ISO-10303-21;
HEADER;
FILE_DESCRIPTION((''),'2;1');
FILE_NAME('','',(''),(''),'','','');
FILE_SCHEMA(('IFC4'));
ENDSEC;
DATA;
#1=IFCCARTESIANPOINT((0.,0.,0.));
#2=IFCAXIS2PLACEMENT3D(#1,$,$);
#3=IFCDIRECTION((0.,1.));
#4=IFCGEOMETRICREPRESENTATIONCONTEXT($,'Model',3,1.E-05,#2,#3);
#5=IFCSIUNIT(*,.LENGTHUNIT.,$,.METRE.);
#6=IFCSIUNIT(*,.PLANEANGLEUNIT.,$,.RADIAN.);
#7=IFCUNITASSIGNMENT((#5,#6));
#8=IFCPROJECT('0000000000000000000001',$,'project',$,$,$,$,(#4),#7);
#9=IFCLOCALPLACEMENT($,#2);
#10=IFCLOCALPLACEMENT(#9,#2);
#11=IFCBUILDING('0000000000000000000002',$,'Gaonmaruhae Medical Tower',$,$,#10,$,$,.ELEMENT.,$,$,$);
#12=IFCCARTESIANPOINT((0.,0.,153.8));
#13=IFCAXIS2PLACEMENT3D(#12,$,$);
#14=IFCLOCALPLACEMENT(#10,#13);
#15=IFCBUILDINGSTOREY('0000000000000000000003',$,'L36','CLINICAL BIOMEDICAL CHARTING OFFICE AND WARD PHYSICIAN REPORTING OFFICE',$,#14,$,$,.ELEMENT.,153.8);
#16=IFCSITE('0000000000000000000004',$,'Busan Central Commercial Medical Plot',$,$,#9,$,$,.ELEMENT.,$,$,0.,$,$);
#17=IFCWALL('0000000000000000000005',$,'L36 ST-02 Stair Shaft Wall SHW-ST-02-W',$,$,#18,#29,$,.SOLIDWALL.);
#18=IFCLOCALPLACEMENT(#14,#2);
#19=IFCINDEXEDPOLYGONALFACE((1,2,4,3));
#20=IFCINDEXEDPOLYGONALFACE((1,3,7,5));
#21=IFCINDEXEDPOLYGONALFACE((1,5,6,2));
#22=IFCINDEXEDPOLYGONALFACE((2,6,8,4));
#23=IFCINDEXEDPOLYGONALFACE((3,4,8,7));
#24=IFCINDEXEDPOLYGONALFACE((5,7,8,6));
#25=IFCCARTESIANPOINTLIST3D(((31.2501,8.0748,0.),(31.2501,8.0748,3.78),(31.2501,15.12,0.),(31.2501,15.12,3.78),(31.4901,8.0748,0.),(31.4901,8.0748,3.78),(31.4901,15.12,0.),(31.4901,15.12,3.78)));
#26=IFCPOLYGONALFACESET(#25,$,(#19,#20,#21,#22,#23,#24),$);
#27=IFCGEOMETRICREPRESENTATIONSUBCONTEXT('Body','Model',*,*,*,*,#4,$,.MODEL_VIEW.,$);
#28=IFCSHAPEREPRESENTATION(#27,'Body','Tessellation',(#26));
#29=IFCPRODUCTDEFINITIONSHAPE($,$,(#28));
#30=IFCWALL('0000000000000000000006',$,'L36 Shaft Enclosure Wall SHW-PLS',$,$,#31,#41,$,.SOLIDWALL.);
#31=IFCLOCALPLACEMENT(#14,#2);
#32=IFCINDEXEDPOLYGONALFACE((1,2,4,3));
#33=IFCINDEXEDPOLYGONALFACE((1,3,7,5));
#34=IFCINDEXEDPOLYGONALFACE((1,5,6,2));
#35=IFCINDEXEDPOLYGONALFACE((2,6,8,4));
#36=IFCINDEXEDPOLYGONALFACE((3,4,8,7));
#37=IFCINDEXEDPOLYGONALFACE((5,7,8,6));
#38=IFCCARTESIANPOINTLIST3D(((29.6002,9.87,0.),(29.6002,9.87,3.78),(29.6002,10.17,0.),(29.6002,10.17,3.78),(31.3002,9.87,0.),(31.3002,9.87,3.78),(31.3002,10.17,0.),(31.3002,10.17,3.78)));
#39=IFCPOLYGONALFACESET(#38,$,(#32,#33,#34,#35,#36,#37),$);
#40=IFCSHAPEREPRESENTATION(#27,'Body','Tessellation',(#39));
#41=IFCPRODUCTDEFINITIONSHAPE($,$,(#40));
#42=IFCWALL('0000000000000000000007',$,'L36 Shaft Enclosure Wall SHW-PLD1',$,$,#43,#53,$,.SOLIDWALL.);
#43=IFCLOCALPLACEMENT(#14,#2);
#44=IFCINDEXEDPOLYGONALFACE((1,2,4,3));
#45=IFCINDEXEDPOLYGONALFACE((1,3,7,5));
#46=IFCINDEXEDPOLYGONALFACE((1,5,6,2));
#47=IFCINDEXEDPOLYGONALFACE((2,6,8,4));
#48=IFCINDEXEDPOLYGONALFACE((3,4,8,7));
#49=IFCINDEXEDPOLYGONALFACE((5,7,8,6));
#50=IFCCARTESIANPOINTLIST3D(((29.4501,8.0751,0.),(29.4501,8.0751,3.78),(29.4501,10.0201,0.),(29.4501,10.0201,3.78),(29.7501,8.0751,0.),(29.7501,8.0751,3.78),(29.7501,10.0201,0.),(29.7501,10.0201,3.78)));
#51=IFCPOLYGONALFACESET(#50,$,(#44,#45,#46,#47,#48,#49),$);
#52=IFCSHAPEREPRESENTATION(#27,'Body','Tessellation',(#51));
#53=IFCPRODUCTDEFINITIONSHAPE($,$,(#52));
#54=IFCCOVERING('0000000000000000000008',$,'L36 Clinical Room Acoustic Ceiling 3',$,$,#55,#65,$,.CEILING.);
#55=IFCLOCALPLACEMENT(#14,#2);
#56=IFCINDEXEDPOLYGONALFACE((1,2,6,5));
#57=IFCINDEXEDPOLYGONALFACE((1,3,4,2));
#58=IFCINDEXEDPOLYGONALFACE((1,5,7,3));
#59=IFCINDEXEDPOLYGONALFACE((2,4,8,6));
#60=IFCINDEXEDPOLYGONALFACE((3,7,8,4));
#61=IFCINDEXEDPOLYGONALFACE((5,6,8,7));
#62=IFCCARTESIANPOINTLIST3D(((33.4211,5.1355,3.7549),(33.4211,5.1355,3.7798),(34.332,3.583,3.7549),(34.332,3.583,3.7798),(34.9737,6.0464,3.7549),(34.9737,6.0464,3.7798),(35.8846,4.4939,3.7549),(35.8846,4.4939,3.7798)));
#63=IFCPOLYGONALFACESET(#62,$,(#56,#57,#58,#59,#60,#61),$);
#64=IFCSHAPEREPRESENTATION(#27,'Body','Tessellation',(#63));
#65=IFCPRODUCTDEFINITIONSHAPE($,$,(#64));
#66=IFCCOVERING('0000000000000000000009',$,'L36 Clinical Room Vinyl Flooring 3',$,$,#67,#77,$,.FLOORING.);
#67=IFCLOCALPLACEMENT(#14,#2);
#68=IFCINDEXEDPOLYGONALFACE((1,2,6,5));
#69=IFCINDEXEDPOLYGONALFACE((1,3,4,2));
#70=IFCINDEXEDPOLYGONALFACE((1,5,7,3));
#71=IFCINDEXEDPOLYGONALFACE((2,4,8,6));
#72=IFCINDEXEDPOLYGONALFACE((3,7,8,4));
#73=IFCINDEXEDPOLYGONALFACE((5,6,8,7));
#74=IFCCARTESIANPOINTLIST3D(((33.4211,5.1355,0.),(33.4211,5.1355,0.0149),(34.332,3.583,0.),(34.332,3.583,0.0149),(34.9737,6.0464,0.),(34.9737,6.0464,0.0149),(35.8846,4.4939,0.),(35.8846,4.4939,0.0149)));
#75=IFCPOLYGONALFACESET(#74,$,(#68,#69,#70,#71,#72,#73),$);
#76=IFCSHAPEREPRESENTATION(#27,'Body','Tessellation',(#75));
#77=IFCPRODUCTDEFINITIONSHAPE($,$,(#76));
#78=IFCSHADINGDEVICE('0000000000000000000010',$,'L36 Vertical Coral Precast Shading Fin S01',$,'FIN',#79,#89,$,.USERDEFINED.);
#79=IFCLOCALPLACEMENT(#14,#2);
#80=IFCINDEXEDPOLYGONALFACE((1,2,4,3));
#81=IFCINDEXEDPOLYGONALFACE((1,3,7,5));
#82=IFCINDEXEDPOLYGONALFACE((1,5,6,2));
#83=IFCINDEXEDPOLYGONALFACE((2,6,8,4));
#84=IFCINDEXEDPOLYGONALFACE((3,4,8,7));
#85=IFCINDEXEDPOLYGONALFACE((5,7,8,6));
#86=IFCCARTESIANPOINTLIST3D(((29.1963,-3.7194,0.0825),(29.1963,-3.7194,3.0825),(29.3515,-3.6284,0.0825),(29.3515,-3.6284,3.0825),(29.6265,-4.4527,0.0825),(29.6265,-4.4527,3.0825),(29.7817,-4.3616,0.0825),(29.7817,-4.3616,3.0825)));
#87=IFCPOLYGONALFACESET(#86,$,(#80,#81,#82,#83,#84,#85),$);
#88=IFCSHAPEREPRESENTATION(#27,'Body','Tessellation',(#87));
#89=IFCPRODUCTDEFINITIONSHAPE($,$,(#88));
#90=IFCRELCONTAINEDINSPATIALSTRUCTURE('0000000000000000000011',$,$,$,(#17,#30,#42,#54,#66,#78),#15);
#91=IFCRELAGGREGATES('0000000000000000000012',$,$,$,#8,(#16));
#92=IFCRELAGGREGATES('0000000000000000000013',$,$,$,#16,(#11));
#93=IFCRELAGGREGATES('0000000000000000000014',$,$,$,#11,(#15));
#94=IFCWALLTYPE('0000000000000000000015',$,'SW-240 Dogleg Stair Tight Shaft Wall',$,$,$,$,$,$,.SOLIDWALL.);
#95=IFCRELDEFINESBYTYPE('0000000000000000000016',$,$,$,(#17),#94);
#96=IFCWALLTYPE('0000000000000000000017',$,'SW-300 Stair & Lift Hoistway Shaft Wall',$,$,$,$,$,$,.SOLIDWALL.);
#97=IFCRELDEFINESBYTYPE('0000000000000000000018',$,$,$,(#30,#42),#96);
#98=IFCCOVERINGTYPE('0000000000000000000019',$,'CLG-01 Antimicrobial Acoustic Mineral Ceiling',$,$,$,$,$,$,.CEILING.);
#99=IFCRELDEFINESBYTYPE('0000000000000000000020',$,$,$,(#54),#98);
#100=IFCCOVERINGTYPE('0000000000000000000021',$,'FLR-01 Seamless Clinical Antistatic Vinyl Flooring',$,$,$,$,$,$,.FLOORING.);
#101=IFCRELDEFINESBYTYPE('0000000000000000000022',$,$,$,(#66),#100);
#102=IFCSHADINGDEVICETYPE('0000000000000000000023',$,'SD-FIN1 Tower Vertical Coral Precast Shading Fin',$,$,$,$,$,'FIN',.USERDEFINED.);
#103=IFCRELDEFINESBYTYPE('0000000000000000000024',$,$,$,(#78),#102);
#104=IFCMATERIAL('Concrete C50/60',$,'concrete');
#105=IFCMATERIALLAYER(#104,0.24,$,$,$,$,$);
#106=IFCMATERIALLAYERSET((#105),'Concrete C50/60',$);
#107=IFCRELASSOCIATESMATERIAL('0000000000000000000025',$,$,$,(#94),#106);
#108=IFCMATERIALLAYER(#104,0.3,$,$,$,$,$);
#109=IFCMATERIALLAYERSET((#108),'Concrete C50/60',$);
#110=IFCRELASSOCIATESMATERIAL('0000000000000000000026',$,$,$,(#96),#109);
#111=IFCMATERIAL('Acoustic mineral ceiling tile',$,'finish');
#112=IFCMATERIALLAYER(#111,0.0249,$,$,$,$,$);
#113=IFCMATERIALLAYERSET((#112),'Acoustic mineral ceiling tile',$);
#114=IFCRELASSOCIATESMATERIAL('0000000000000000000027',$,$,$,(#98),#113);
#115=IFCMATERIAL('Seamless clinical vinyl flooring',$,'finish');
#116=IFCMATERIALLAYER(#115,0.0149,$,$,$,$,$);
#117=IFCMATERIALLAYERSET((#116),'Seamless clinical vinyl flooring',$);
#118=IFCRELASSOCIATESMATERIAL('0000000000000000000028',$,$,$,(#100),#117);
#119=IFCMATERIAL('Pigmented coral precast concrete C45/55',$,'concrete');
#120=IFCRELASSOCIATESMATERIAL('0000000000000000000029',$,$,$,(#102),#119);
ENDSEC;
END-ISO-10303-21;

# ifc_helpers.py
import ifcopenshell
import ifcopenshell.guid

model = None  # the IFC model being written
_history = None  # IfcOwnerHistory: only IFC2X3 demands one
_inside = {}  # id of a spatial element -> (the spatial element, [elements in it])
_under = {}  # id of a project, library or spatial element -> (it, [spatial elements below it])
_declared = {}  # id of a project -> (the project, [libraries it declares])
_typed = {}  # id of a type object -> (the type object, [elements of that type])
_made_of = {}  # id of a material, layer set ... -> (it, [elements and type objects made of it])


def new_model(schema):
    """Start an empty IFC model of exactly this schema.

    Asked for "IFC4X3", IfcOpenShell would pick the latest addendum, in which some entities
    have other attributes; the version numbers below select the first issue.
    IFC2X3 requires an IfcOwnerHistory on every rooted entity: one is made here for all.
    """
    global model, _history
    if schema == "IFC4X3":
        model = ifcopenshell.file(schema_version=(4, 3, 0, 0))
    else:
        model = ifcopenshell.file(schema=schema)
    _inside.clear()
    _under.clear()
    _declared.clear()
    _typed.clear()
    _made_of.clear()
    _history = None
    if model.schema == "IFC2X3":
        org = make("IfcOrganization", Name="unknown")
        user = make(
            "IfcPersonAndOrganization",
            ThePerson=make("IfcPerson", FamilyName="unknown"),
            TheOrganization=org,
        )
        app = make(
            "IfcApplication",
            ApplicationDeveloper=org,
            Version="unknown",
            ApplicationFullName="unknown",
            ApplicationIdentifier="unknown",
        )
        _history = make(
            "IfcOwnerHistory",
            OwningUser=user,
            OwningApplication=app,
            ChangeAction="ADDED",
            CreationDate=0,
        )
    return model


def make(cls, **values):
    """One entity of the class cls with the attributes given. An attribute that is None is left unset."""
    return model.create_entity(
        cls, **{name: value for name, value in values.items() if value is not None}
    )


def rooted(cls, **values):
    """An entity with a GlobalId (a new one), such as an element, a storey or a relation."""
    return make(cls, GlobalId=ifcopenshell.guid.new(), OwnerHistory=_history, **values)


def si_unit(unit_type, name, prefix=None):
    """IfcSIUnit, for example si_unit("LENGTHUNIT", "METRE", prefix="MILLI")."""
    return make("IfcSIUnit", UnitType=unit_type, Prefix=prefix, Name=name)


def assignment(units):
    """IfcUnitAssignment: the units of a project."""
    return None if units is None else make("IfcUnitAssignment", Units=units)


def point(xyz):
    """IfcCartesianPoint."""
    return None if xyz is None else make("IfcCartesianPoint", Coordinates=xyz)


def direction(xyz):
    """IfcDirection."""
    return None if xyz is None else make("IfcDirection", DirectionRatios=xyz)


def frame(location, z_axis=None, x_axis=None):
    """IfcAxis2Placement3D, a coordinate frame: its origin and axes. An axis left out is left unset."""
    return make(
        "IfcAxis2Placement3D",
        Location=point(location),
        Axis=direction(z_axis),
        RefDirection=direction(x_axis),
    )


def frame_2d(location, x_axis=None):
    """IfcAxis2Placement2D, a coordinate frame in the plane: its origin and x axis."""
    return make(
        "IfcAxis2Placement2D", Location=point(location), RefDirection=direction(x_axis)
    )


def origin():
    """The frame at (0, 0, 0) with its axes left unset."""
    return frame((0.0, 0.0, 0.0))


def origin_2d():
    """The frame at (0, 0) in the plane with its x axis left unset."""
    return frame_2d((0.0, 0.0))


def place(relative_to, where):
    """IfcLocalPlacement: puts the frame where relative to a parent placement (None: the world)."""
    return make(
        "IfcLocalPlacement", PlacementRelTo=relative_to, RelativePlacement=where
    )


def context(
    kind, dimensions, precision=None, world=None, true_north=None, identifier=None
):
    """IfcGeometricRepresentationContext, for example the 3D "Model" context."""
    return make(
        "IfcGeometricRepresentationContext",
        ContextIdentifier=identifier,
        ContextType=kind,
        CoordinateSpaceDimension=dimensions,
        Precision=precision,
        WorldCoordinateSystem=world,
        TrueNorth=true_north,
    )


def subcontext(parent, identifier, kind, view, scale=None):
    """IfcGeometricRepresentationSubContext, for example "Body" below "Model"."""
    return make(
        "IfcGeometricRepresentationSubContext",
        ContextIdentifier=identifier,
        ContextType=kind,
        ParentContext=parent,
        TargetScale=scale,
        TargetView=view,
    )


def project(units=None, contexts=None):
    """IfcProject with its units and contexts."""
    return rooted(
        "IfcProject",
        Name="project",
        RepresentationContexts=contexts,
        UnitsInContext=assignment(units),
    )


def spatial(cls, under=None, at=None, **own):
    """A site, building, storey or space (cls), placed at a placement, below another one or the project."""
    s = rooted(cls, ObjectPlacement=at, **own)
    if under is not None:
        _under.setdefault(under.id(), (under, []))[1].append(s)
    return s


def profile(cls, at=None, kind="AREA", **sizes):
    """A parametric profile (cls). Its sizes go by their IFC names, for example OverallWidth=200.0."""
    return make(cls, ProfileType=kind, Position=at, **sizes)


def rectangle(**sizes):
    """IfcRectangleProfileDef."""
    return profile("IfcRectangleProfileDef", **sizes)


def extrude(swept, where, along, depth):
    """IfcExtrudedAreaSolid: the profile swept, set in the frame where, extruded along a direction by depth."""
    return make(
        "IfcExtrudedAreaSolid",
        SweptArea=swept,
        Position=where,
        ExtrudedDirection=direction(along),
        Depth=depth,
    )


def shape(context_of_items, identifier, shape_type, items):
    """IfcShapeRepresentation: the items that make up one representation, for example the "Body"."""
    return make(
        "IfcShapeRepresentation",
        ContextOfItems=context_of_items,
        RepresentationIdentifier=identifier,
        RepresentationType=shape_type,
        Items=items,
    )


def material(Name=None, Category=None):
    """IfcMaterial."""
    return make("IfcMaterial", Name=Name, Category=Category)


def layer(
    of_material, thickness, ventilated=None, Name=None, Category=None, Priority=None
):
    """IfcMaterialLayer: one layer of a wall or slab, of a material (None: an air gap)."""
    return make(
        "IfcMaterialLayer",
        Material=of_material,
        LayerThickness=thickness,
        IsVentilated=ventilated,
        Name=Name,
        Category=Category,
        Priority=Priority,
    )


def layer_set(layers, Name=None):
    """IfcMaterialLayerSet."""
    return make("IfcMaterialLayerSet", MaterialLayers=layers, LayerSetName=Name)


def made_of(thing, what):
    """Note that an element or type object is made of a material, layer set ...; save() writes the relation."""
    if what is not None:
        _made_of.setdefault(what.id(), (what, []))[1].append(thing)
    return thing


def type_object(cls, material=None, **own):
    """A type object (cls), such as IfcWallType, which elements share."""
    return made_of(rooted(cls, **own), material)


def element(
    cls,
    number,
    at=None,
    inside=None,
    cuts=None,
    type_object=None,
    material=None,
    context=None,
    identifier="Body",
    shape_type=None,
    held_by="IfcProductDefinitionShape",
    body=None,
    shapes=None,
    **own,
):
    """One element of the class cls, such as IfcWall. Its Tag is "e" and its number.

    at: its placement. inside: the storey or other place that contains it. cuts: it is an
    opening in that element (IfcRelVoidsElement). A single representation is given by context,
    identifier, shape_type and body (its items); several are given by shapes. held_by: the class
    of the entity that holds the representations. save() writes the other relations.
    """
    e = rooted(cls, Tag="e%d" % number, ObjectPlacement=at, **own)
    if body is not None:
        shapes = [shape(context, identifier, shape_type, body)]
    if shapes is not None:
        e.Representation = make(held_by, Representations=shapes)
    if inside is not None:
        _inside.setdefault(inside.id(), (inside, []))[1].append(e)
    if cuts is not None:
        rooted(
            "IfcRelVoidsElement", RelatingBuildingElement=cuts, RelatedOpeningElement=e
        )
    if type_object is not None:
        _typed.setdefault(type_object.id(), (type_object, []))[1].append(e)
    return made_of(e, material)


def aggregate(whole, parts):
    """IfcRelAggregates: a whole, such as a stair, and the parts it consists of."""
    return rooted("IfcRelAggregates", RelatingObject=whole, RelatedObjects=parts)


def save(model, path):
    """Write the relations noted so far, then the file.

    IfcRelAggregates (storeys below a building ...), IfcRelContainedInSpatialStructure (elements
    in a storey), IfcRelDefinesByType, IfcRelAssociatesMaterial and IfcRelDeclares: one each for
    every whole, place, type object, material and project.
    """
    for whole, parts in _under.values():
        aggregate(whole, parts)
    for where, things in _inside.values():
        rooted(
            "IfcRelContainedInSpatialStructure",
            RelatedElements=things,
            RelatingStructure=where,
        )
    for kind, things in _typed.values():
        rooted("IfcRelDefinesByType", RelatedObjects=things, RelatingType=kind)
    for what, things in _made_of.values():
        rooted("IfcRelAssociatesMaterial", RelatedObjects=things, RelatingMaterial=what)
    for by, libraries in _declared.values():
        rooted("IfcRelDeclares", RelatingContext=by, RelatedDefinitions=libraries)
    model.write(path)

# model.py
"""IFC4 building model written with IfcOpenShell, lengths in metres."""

from ifc_helpers import new_model, si_unit, direction, frame, frame_2d, origin, origin_2d, place, context, subcontext, project, spatial, rectangle, extrude, material, layer, layer_set, type_object, element, save


model = new_model("IFC4")

# Units and contexts
model_context = context("Model", 3, precision=1e-05, world=origin(), true_north=direction((0.0, 1.0)))
body_context = subcontext(model_context, "Body", "Model", "MODEL_VIEW")
ifc_project = project(units=[si_unit("LENGTHUNIT", "METRE"), si_unit("PLANEANGLEUNIT", "RADIAN")], contexts=[model_context])

# Site, building, storey
site_placement = place(None, origin())
site = spatial("IfcSite", under=ifc_project, at=site_placement, Name="Busan Central Commercial Medical Plot", CompositionType="ELEMENT", RefElevation=0.0)
building_placement = place(site_placement, origin())
building = spatial("IfcBuilding", under=site, at=building_placement, Name="Gaonmaruhae Medical Tower", CompositionType="ELEMENT")
storey_placement = place(building_placement, frame((0.0, 0.0, 153.8)))
storey = spatial("IfcBuildingStorey", under=building, at=storey_placement, Name="L36", Description="CLINICAL BIOMEDICAL CHARTING OFFICE AND WARD PHYSICIAN REPORTING OFFICE", CompositionType="ELEMENT", Elevation=153.8)

# Shared definitions
ifc_material_1 = material(Name="Concrete C50/60", Category="concrete")

# Walls
ifc_layer_1 = layer(ifc_material_1, 0.24)
ifc_layer_set_1 = layer_set([ifc_layer_1], Name="Concrete C50/60")
wall_type_1 = type_object("IfcWallType", Name="SW-240 Dogleg Stair Tight Shaft Wall", PredefinedType="SOLIDWALL", material=ifc_layer_set_1)
wall_1_placement = place(storey_placement, frame((31.3701, 8.075, 0.0), z_axis=(0.0, 0.0, 1.0), x_axis=(0.0, 1.0, 0.0)))
element("IfcWall", 1, at=wall_1_placement, inside=storey, type_object=wall_type_1, Name="L36 ST-02 Stair Shaft Wall SHW-ST-02-W", PredefinedType="SOLIDWALL", context=body_context, shape_type="SweptSolid", body=[
    extrude(rectangle(XDim=7.0452, YDim=0.24, at=frame_2d((3.5225, 0.0))), origin(), (0.0, 0.0, 1.0), 3.78),
])
ifc_layer_2 = layer(ifc_material_1, 0.3)
ifc_layer_set_2 = layer_set([ifc_layer_2], Name="Concrete C50/60")
wall_type_2 = type_object("IfcWallType", Name="SW-300 Stair & Lift Hoistway Shaft Wall", PredefinedType="SOLIDWALL", material=ifc_layer_set_2)
wall_2_placement = place(storey_placement, frame((29.6001, 10.02, 0.0), z_axis=(0.0, 0.0, 1.0), x_axis=(1.0, 0.0, 0.0)))
element("IfcWall", 2, at=wall_2_placement, inside=storey, type_object=wall_type_2, Name="L36 Shaft Enclosure Wall SHW-PLS", PredefinedType="SOLIDWALL", context=body_context, shape_type="SweptSolid", body=[
    extrude(rectangle(XDim=1.7, YDim=0.3, at=frame_2d((0.8501, 0.0))), origin(), (0.0, 0.0, 1.0), 3.78),
])
wall_3_placement = place(storey_placement, frame((29.6001, 8.075, 0.0), z_axis=(0.0, 0.0, 1.0), x_axis=(0.0, 1.0, 0.0)))
element("IfcWall", 3, at=wall_3_placement, inside=storey, type_object=wall_type_2, Name="L36 Shaft Enclosure Wall SHW-PLD1", PredefinedType="SOLIDWALL", context=body_context, shape_type="SweptSolid", body=[
    extrude(rectangle(XDim=1.9451, YDim=0.3, at=frame_2d((0.9727, 0.0))), origin(), (0.0, 0.0, 1.0), 3.78),
])

# Coverings
ifc_material_2 = material(Name="Acoustic mineral ceiling tile", Category="finish")
ifc_layer_3 = layer(ifc_material_2, 0.0249)
ifc_layer_set_3 = layer_set([ifc_layer_3], Name="Acoustic mineral ceiling tile")
covering_type_1 = type_object("IfcCoveringType", Name="CLG-01 Antimicrobial Acoustic Mineral Ceiling", PredefinedType="CEILING", material=ifc_layer_set_3)
covering_1_placement = place(storey_placement, frame((34.6528, 4.8147, 3.7549), z_axis=(0.0, 0.0, 1.0), x_axis=(0.862514, 0.506034, 0.0)))
element("IfcCovering", 4, at=covering_1_placement, inside=storey, type_object=covering_type_1, Name="L36 Clinical Room Acoustic Ceiling 3", PredefinedType="CEILING", context=body_context, shape_type="SweptSolid", body=[
    extrude(rectangle(XDim=1.8, YDim=1.8, at=origin_2d()), origin(), (0.0, 0.0, 1.0), 0.0249),
])
ifc_material_3 = material(Name="Seamless clinical vinyl flooring", Category="finish")
ifc_layer_4 = layer(ifc_material_3, 0.0149)
ifc_layer_set_4 = layer_set([ifc_layer_4], Name="Seamless clinical vinyl flooring")
covering_type_2 = type_object("IfcCoveringType", Name="FLR-01 Seamless Clinical Antistatic Vinyl Flooring", PredefinedType="FLOORING", material=ifc_layer_set_4)
covering_2_placement = place(storey_placement, frame((34.6528, 4.8147, 0.0), z_axis=(0.0, 0.0, 1.0), x_axis=(0.862514, 0.506034, 0.0)))
element("IfcCovering", 5, at=covering_2_placement, inside=storey, type_object=covering_type_2, Name="L36 Clinical Room Vinyl Flooring 3", PredefinedType="FLOORING", context=body_context, shape_type="SweptSolid", body=[
    extrude(rectangle(XDim=1.8, YDim=1.8, at=origin_2d()), origin(), (0.0, 0.0, 1.0), 0.0149),
])

# Shading device
ifc_material_4 = material(Name="Pigmented coral precast concrete C45/55", Category="concrete")
shading_device_type = type_object("IfcShadingDeviceType", Name="SD-FIN1 Tower Vertical Coral Precast Shading Fin", ElementType="FIN", PredefinedType="USERDEFINED", material=ifc_material_4)
shading_device_placement = place(storey_placement, frame((29.489, -4.0405, 0.0825), z_axis=(0.0, 0.0, 1.0), x_axis=(-0.862514, -0.506034, 0.0)))
element("IfcShadingDevice", 6, at=shading_device_placement, inside=storey, type_object=shading_device_type, Name="L36 Vertical Coral Precast Shading Fin S01", ObjectType="FIN", PredefinedType="USERDEFINED", context=body_context, shape_type="SweptSolid", body=[
    extrude(rectangle(XDim=0.1799, YDim=0.8501, at=origin_2d()), origin(), (0.0, 0.0, 1.0), 3.0),
])

save(model, "model.ifc")
